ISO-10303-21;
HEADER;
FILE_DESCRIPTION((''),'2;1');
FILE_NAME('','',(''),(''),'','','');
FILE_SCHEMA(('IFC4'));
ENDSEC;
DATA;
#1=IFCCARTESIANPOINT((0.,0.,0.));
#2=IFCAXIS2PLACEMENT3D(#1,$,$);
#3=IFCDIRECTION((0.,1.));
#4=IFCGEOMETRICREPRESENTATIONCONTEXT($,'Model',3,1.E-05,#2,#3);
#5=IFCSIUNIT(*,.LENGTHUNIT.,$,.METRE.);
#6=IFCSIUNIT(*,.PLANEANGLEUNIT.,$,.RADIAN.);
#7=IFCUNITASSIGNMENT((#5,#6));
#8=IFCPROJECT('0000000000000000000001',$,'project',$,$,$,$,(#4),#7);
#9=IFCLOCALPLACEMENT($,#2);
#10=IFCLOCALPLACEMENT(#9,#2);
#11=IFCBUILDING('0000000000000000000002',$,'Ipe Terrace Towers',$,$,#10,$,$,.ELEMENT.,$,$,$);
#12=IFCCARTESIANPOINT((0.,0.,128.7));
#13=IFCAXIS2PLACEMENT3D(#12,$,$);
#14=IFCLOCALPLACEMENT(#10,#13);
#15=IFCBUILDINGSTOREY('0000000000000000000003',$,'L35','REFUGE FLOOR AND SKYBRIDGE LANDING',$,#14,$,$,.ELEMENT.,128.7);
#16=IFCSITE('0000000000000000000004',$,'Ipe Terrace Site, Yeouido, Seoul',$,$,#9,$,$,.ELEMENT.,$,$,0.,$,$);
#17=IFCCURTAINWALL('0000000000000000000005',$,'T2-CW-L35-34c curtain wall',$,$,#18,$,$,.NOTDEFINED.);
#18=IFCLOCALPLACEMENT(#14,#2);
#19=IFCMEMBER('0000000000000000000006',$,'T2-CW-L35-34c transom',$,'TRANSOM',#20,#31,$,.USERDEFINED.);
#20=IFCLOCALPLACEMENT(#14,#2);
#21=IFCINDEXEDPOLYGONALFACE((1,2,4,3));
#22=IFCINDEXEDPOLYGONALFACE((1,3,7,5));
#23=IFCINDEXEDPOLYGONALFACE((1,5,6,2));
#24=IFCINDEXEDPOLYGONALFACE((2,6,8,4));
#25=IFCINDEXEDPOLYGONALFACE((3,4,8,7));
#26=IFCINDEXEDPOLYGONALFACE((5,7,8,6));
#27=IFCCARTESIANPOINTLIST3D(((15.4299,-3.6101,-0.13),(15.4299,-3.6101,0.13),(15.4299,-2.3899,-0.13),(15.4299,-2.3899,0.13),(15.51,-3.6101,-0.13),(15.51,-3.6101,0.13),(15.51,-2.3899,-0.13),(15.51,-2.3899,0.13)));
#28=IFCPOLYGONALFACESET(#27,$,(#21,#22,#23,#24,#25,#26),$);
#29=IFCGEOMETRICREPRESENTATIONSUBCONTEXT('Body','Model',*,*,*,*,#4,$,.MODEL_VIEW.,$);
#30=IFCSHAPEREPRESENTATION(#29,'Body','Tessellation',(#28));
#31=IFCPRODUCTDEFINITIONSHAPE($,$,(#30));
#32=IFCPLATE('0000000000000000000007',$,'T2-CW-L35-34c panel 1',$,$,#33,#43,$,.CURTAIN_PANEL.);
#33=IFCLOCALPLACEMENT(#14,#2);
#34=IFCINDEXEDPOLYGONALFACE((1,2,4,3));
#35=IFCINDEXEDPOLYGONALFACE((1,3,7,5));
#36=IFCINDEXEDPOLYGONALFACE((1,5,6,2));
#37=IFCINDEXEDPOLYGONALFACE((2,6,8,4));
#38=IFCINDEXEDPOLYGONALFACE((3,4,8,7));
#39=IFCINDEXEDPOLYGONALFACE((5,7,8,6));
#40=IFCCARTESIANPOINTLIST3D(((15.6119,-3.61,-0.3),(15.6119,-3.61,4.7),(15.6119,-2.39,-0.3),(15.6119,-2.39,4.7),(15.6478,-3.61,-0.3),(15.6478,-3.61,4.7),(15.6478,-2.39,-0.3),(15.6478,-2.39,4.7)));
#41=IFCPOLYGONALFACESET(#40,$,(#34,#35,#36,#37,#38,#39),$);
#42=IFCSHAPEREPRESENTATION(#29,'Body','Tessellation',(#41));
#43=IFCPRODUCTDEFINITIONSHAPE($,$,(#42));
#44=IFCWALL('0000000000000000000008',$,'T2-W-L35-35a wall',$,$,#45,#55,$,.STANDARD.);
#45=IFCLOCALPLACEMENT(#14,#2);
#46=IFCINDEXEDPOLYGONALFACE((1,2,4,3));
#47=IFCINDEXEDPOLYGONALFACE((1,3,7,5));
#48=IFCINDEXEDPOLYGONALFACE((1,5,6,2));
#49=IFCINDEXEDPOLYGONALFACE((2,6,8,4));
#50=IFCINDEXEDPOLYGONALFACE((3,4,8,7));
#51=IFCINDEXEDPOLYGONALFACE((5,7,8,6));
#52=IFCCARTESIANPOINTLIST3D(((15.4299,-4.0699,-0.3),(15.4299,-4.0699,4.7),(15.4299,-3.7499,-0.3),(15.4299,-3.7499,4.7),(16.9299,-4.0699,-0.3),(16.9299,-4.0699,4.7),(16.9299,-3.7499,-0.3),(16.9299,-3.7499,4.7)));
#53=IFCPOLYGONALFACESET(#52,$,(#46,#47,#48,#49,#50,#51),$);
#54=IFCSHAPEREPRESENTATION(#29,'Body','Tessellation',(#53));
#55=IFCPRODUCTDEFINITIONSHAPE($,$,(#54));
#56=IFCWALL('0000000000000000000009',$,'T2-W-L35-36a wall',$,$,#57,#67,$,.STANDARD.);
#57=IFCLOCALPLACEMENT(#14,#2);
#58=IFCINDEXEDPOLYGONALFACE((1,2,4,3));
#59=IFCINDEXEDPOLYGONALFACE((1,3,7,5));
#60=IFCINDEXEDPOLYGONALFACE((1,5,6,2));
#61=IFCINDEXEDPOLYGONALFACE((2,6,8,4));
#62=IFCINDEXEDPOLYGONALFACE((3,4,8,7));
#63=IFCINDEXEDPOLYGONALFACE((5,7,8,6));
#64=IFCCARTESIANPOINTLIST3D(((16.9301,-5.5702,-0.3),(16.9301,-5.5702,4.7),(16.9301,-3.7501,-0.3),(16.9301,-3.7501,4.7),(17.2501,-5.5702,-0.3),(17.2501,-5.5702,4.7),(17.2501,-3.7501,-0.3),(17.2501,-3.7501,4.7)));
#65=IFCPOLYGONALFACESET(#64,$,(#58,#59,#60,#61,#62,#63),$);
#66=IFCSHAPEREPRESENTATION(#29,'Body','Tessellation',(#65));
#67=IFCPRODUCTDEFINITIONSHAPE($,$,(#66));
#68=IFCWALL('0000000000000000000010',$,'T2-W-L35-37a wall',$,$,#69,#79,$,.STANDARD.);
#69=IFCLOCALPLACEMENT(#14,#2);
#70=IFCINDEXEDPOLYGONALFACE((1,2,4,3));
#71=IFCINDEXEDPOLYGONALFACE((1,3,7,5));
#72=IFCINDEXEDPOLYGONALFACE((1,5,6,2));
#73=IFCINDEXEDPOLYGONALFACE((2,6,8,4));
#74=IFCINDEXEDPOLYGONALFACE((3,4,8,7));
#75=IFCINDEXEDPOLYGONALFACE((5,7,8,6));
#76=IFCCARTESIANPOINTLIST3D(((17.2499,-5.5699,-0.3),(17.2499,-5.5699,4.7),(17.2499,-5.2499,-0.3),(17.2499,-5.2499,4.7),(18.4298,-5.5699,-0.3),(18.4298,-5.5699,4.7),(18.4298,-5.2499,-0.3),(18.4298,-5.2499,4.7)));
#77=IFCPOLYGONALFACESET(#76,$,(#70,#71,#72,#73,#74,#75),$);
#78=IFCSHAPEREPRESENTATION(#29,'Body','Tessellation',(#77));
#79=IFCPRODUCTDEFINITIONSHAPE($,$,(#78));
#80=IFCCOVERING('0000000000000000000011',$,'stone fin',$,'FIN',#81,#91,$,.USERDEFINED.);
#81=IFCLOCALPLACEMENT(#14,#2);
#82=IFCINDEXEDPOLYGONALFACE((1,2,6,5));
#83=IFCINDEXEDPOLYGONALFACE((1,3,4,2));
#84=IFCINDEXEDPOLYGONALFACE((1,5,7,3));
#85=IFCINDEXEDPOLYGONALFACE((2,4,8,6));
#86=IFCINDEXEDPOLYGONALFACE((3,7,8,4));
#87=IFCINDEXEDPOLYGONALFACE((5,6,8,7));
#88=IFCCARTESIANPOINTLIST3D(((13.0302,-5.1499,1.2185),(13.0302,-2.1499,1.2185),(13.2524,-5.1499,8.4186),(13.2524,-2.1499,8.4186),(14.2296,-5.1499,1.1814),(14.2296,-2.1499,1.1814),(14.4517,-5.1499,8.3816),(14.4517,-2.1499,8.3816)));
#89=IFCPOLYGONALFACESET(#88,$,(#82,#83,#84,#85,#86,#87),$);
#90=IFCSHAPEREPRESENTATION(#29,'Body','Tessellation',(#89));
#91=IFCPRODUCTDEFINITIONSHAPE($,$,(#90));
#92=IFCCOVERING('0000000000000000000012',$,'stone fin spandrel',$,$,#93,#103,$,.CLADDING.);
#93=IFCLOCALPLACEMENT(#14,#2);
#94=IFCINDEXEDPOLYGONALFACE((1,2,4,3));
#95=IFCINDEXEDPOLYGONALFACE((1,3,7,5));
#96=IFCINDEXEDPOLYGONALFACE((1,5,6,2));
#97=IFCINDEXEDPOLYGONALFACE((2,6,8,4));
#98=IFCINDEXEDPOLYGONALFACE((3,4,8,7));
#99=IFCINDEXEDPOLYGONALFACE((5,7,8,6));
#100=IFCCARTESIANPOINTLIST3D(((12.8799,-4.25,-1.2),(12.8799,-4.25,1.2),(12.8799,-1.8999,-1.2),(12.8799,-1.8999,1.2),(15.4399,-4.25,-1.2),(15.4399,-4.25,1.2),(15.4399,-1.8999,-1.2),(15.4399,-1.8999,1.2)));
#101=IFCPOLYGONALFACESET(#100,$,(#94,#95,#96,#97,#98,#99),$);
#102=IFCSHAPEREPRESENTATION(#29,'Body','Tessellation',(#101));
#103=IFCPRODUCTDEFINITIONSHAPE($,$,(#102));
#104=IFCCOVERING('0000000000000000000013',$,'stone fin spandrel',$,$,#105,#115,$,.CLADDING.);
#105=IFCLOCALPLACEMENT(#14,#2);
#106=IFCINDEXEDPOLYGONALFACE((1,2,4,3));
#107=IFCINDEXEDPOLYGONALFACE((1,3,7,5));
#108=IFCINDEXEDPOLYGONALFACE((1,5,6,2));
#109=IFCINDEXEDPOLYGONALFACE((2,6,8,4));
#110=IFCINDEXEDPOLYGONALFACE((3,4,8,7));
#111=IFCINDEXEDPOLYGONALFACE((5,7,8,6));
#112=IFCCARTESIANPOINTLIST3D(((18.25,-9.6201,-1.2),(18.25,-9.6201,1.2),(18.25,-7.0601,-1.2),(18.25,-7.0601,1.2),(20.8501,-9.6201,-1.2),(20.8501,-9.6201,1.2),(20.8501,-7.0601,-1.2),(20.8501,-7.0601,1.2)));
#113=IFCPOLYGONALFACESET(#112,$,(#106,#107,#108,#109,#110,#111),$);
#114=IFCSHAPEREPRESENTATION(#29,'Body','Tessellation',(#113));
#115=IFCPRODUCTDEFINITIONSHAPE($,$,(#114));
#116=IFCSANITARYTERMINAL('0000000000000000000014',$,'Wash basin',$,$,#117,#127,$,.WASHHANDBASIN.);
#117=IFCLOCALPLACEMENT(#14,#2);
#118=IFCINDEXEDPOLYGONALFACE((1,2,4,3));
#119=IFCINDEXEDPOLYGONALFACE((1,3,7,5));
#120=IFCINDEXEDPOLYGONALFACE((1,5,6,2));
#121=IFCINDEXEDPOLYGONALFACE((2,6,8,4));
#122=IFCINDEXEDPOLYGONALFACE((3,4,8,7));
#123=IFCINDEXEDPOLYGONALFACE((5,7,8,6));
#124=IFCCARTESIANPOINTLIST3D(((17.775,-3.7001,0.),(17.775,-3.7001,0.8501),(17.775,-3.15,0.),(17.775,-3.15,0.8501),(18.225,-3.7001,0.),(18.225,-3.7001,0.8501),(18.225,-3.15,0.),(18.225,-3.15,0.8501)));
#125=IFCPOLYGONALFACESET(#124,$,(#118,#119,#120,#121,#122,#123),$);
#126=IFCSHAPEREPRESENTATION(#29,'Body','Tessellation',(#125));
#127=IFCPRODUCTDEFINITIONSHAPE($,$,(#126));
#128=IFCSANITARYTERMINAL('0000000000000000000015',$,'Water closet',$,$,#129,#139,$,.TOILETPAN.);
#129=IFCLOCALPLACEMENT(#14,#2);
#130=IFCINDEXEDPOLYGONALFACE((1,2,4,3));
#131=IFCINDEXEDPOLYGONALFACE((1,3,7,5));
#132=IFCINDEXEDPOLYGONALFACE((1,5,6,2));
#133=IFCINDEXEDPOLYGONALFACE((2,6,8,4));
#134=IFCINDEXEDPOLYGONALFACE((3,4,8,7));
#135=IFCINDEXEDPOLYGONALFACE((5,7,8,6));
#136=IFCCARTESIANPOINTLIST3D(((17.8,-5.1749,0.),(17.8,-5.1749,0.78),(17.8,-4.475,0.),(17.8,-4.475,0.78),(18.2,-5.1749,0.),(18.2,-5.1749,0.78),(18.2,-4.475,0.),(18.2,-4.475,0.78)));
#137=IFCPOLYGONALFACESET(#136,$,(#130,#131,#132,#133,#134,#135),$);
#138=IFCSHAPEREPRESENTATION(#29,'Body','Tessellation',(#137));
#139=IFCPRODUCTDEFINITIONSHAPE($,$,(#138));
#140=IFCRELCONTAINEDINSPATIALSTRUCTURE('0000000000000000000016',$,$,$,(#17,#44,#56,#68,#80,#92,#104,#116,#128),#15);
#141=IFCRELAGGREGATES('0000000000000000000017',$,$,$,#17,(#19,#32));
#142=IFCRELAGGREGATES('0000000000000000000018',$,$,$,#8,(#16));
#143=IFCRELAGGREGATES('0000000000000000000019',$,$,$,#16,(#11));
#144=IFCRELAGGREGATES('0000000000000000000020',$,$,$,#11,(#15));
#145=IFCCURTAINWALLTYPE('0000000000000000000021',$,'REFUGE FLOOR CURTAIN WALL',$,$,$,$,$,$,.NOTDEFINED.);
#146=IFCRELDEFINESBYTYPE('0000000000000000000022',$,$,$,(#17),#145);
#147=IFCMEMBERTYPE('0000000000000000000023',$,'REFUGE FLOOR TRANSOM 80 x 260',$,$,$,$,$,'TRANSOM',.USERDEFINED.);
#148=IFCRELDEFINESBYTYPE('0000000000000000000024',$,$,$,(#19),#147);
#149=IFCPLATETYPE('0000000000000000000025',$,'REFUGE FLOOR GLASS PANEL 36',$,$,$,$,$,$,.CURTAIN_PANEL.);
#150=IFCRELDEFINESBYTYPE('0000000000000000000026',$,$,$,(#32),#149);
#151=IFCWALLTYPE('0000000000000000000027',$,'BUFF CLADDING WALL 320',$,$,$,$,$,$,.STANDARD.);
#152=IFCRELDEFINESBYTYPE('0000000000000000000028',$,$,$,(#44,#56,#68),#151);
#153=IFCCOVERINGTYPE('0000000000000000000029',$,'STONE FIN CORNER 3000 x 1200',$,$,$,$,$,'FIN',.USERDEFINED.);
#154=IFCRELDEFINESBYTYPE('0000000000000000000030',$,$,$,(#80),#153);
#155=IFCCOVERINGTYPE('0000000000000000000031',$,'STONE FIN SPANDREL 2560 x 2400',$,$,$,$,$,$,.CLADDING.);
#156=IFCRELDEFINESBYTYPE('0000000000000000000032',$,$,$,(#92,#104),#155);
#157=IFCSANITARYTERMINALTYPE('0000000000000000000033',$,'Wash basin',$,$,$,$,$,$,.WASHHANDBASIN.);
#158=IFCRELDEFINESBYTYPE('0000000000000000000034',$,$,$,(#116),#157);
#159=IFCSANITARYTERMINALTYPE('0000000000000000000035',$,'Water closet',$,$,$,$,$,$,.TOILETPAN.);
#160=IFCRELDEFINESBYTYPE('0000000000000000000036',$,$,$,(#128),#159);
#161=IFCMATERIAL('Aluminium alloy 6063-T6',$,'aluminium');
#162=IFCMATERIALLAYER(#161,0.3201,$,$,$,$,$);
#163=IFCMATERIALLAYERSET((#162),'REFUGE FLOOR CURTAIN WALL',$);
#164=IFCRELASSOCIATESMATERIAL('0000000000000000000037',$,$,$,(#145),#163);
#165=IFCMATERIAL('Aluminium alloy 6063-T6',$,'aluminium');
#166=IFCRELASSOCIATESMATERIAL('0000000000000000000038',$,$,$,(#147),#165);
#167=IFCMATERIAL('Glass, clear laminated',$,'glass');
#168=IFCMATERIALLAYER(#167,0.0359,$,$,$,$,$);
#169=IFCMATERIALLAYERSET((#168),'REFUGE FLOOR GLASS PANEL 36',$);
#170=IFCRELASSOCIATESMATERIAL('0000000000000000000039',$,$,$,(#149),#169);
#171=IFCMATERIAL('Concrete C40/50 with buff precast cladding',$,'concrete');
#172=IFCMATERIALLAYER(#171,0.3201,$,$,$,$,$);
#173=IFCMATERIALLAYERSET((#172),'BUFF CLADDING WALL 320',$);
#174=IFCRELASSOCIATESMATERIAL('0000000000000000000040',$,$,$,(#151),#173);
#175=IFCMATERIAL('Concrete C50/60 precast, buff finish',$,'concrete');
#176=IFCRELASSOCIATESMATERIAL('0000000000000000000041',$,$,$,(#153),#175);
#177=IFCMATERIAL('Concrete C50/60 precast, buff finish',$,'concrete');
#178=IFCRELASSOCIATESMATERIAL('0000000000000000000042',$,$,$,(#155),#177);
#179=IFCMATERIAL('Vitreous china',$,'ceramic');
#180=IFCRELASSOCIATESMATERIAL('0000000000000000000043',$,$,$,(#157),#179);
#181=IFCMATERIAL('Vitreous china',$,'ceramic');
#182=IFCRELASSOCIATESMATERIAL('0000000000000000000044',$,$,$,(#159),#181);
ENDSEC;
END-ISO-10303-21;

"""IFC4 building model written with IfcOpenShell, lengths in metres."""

from ifc_helpers import new_model, si_unit, direction, frame, frame_2d, origin, origin_2d, place, context, subcontext, project, spatial, rectangle, extrude, material, layer, layer_set, material_profile, profile_set, type_object, element, aggregate, save


model = new_model("IFC4")

# Units and contexts
model_context = context("Model", 3, precision=1e-05, world=origin(), true_north=direction((0.0, 1.0)))
body_context = subcontext(model_context, "Body", "Model", "MODEL_VIEW")
ifc_project = project(units=[si_unit("LENGTHUNIT", "METRE"), si_unit("PLANEANGLEUNIT", "RADIAN")], contexts=[model_context])

# Site, building, storey
site_placement = place(None, origin())
site = spatial("IfcSite", under=ifc_project, at=site_placement, Name="Ipe Terrace Site, Yeouido, Seoul", CompositionType="ELEMENT", RefElevation=0.0)
building_placement = place(site_placement, origin())
building = spatial("IfcBuilding", under=site, at=building_placement, Name="Ipe Terrace Towers", CompositionType="ELEMENT")
storey_placement = place(building_placement, frame((0.0, 0.0, 128.7)))
storey = spatial("IfcBuildingStorey", under=building, at=storey_placement, Name="L35", Description="REFUGE FLOOR AND SKYBRIDGE LANDING", CompositionType="ELEMENT", Elevation=128.7)

# Curtain wall, member, plate
ifc_material_1 = material(Name="Aluminium alloy 6063-T6", Category="aluminium")
ifc_layer_1 = layer(ifc_material_1, 0.3201)
ifc_layer_set_1 = layer_set([ifc_layer_1], Name="REFUGE FLOOR CURTAIN WALL")
curtain_wall_type_1 = type_object("IfcCurtainWallType", Name="REFUGE FLOOR CURTAIN WALL", PredefinedType="NOTDEFINED", material=ifc_layer_set_1)
curtain_wall_1_placement = place(storey_placement, origin())
curtain_wall_1 = element("IfcCurtainWall", 1, at=curtain_wall_1_placement, inside=storey, type_object=curtain_wall_type_1, Name="T2-CW-L35-34c curtain wall", PredefinedType="NOTDEFINED")
ifc_material_2 = material(Name="Aluminium alloy 6063-T6", Category="aluminium")
ifc_material_profile_1 = material_profile(ifc_material_2, rectangle(XDim=0.0801, YDim=0.26, at=origin_2d()), Name="REFUGE FLOOR TRANSOM 80 x 260")
ifc_profile_set_1 = profile_set([ifc_material_profile_1], Name="Aluminium alloy 6063-T6")
member_type_1 = type_object("IfcMemberType", Name="REFUGE FLOOR TRANSOM 80 x 260", ElementType="TRANSOM", PredefinedType="USERDEFINED", material=ifc_profile_set_1)
member_1_placement = place(storey_placement, frame((15.47, -2.3899, 0.0), z_axis=(0.0, -1.0, 0.0), x_axis=(-1.0, 0.0, 0.0)))
member_1 = element("IfcMember", 2, at=member_1_placement, type_object=member_type_1, Name="T2-CW-L35-34c transom", ObjectType="TRANSOM", PredefinedType="USERDEFINED", context=body_context, shape_type="SweptSolid", body=[
    extrude(rectangle(XDim=0.0801, YDim=0.26, at=origin_2d()), origin(), (0.0, 0.0, 1.0), 1.2202),
])
ifc_material_3 = material(Name="Glass, clear laminated", Category="glass")
ifc_layer_2 = layer(ifc_material_3, 0.0359)
ifc_layer_set_2 = layer_set([ifc_layer_2], Name="REFUGE FLOOR GLASS PANEL 36")
plate_type = type_object("IfcPlateType", Name="REFUGE FLOOR GLASS PANEL 36", PredefinedType="CURTAIN_PANEL", material=ifc_layer_set_2)
plate_placement = place(storey_placement, frame((15.6299, -3.0, -0.3), z_axis=(0.0, 0.0, 1.0), x_axis=(0.0, -1.0, 0.0)))
plate = element("IfcPlate", 3, at=plate_placement, type_object=plate_type, Name="T2-CW-L35-34c panel 1", PredefinedType="CURTAIN_PANEL", context=body_context, shape_type="SweptSolid", body=[
    extrude(rectangle(XDim=1.22, YDim=0.0359, at=origin_2d()), origin(), (0.0, 0.0, 1.0), 5.0),
])
aggregate(curtain_wall_1, [member_1, plate])

# Walls
ifc_material_4 = material(Name="Concrete C40/50 with buff precast cladding", Category="concrete")
ifc_layer_3 = layer(ifc_material_4, 0.3201)
ifc_layer_set_3 = layer_set([ifc_layer_3], Name="BUFF CLADDING WALL 320")
wall_type = type_object("IfcWallType", Name="BUFF CLADDING WALL 320", PredefinedType="STANDARD", material=ifc_layer_set_3)
wall_1_placement = place(storey_placement, frame((15.4299, -3.9099, -0.3), z_axis=(0.0, 0.0, 1.0), x_axis=(1.0, 0.0, 0.0)))
element("IfcWall", 4, at=wall_1_placement, inside=storey, type_object=wall_type, Name="T2-W-L35-35a wall", PredefinedType="STANDARD", context=body_context, shape_type="SweptSolid", body=[
    extrude(rectangle(XDim=1.5, YDim=0.3201, at=frame_2d((0.75, 0.0))), origin(), (0.0, 0.0, 1.0), 5.0),
])
wall_2_placement = place(storey_placement, frame((17.0901, -3.75, -0.3), z_axis=(0.0, 0.0, 1.0), x_axis=(0.0, -1.0, 0.0)))
element("IfcWall", 5, at=wall_2_placement, inside=storey, type_object=wall_type, Name="T2-W-L35-36a wall", PredefinedType="STANDARD", context=body_context, shape_type="SweptSolid", body=[
    extrude(rectangle(XDim=1.8201, YDim=0.3201, at=frame_2d((0.9102, 0.0))), origin(), (0.0, 0.0, 1.0), 5.0),
])
wall_3_placement = place(storey_placement, frame((17.25, -5.4099, -0.3), z_axis=(0.0, 0.0, 1.0), x_axis=(1.0, 0.0, 0.0)))
element("IfcWall", 6, at=wall_3_placement, inside=storey, type_object=wall_type, Name="T2-W-L35-37a wall", PredefinedType="STANDARD", context=body_context, shape_type="SweptSolid", body=[
    extrude(rectangle(XDim=1.1799, YDim=0.3201, at=frame_2d((0.5898, 0.0))), origin(), (0.0, 0.0, 1.0), 5.0),
])

# Coverings
ifc_material_5 = material(Name="Concrete C50/60 precast, buff finish", Category="concrete")
ifc_material_profile_2 = material_profile(ifc_material_5, rectangle(XDim=3.0, YDim=1.2, at=origin_2d()), Name="STONE FIN CORNER 3000 x 1200")
ifc_profile_set_2 = profile_set([ifc_material_profile_2], Name="Concrete C50/60 precast, buff finish")
covering_type_1 = type_object("IfcCoveringType", Name="STONE FIN CORNER 3000 x 1200", ElementType="FIN", PredefinedType="USERDEFINED", material=ifc_profile_set_2)
covering_1_placement = place(storey_placement, frame((13.6299, -3.6499, 1.2), z_axis=(0.030841, 0.0, 0.999524), x_axis=(0.0, -1.0, 0.0)))
element("IfcCovering", 7, at=covering_1_placement, inside=storey, type_object=covering_type_1, Name="stone fin", ObjectType="FIN", PredefinedType="USERDEFINED", context=body_context, shape_type="SweptSolid", body=[
    extrude(rectangle(XDim=3.0, YDim=1.2, at=origin_2d()), origin(), (0.0, 0.0, 1.0), 7.2036),
])
ifc_material_6 = material(Name="Concrete C50/60 precast, buff finish", Category="concrete")
ifc_material_profile_3 = material_profile(ifc_material_6, rectangle(XDim=2.5601, YDim=2.3999, at=origin_2d()), Name="STONE FIN SPANDREL 2560 x 2400")
ifc_profile_set_3 = profile_set([ifc_material_profile_3], Name="Concrete C50/60 precast, buff finish")
covering_type_2 = type_object("IfcCoveringType", Name="STONE FIN SPANDREL 2560 x 2400", PredefinedType="CLADDING", material=ifc_profile_set_3)
covering_2_placement = place(storey_placement, frame((14.1599, -1.8999, 0.0), z_axis=(0.0, -1.0, 0.0), x_axis=(-1.0, 0.0, 0.0)))
element("IfcCovering", 8, at=covering_2_placement, inside=storey, type_object=covering_type_2, Name="stone fin spandrel", PredefinedType="CLADDING", context=body_context, shape_type="SweptSolid", body=[
    extrude(rectangle(XDim=2.5601, YDim=2.3999, at=origin_2d()), origin(), (0.0, 0.0, 1.0), 2.3501),
])
covering_3_placement = place(storey_placement, frame((18.25, -8.3401, 0.0), z_axis=(1.0, 0.0, 0.0), x_axis=(0.0, -1.0, 0.0)))
element("IfcCovering", 9, at=covering_3_placement, inside=storey, type_object=covering_type_2, Name="stone fin spandrel", PredefinedType="CLADDING", context=body_context, shape_type="SweptSolid", body=[
    extrude(rectangle(XDim=2.5601, YDim=2.3999, at=origin_2d()), origin(), (0.0, 0.0, 1.0), 2.6001),
])

# Sanitary terminals
ifc_material_7 = material(Name="Vitreous china", Category="ceramic")
sanitary_terminal_type_1 = type_object("IfcSanitaryTerminalType", Name="Wash basin", PredefinedType="WASHHANDBASIN", material=ifc_material_7)
sanitary_terminal_1_placement = place(storey_placement, frame((18.0, -3.425, 0.0), z_axis=(0.0, 0.0, 1.0), x_axis=(0.0, 1.0, 0.0)))
element("IfcSanitaryTerminal", 10, at=sanitary_terminal_1_placement, inside=storey, type_object=sanitary_terminal_type_1, Name="Wash basin", PredefinedType="WASHHANDBASIN", context=body_context, shape_type="SweptSolid", body=[
    extrude(rectangle(XDim=0.55, YDim=0.45, at=origin_2d()), origin(), (0.0, 0.0, 1.0), 0.8501),
])
ifc_material_8 = material(Name="Vitreous china", Category="ceramic")
sanitary_terminal_type_2 = type_object("IfcSanitaryTerminalType", Name="Water closet", PredefinedType="TOILETPAN", material=ifc_material_8)
sanitary_terminal_2_placement = place(storey_placement, frame((18.0, -4.825, 0.0), z_axis=(0.0, 0.0, 1.0), x_axis=(0.0, 1.0, 0.0)))
element("IfcSanitaryTerminal", 11, at=sanitary_terminal_2_placement, inside=storey, type_object=sanitary_terminal_type_2, Name="Water closet", PredefinedType="TOILETPAN", context=body_context, shape_type="SweptSolid", body=[
    extrude(rectangle(XDim=0.7, YDim=0.3999, at=origin_2d()), origin(), (0.0, 0.0, 1.0), 0.78),
])

save(model, "model.ifc")
